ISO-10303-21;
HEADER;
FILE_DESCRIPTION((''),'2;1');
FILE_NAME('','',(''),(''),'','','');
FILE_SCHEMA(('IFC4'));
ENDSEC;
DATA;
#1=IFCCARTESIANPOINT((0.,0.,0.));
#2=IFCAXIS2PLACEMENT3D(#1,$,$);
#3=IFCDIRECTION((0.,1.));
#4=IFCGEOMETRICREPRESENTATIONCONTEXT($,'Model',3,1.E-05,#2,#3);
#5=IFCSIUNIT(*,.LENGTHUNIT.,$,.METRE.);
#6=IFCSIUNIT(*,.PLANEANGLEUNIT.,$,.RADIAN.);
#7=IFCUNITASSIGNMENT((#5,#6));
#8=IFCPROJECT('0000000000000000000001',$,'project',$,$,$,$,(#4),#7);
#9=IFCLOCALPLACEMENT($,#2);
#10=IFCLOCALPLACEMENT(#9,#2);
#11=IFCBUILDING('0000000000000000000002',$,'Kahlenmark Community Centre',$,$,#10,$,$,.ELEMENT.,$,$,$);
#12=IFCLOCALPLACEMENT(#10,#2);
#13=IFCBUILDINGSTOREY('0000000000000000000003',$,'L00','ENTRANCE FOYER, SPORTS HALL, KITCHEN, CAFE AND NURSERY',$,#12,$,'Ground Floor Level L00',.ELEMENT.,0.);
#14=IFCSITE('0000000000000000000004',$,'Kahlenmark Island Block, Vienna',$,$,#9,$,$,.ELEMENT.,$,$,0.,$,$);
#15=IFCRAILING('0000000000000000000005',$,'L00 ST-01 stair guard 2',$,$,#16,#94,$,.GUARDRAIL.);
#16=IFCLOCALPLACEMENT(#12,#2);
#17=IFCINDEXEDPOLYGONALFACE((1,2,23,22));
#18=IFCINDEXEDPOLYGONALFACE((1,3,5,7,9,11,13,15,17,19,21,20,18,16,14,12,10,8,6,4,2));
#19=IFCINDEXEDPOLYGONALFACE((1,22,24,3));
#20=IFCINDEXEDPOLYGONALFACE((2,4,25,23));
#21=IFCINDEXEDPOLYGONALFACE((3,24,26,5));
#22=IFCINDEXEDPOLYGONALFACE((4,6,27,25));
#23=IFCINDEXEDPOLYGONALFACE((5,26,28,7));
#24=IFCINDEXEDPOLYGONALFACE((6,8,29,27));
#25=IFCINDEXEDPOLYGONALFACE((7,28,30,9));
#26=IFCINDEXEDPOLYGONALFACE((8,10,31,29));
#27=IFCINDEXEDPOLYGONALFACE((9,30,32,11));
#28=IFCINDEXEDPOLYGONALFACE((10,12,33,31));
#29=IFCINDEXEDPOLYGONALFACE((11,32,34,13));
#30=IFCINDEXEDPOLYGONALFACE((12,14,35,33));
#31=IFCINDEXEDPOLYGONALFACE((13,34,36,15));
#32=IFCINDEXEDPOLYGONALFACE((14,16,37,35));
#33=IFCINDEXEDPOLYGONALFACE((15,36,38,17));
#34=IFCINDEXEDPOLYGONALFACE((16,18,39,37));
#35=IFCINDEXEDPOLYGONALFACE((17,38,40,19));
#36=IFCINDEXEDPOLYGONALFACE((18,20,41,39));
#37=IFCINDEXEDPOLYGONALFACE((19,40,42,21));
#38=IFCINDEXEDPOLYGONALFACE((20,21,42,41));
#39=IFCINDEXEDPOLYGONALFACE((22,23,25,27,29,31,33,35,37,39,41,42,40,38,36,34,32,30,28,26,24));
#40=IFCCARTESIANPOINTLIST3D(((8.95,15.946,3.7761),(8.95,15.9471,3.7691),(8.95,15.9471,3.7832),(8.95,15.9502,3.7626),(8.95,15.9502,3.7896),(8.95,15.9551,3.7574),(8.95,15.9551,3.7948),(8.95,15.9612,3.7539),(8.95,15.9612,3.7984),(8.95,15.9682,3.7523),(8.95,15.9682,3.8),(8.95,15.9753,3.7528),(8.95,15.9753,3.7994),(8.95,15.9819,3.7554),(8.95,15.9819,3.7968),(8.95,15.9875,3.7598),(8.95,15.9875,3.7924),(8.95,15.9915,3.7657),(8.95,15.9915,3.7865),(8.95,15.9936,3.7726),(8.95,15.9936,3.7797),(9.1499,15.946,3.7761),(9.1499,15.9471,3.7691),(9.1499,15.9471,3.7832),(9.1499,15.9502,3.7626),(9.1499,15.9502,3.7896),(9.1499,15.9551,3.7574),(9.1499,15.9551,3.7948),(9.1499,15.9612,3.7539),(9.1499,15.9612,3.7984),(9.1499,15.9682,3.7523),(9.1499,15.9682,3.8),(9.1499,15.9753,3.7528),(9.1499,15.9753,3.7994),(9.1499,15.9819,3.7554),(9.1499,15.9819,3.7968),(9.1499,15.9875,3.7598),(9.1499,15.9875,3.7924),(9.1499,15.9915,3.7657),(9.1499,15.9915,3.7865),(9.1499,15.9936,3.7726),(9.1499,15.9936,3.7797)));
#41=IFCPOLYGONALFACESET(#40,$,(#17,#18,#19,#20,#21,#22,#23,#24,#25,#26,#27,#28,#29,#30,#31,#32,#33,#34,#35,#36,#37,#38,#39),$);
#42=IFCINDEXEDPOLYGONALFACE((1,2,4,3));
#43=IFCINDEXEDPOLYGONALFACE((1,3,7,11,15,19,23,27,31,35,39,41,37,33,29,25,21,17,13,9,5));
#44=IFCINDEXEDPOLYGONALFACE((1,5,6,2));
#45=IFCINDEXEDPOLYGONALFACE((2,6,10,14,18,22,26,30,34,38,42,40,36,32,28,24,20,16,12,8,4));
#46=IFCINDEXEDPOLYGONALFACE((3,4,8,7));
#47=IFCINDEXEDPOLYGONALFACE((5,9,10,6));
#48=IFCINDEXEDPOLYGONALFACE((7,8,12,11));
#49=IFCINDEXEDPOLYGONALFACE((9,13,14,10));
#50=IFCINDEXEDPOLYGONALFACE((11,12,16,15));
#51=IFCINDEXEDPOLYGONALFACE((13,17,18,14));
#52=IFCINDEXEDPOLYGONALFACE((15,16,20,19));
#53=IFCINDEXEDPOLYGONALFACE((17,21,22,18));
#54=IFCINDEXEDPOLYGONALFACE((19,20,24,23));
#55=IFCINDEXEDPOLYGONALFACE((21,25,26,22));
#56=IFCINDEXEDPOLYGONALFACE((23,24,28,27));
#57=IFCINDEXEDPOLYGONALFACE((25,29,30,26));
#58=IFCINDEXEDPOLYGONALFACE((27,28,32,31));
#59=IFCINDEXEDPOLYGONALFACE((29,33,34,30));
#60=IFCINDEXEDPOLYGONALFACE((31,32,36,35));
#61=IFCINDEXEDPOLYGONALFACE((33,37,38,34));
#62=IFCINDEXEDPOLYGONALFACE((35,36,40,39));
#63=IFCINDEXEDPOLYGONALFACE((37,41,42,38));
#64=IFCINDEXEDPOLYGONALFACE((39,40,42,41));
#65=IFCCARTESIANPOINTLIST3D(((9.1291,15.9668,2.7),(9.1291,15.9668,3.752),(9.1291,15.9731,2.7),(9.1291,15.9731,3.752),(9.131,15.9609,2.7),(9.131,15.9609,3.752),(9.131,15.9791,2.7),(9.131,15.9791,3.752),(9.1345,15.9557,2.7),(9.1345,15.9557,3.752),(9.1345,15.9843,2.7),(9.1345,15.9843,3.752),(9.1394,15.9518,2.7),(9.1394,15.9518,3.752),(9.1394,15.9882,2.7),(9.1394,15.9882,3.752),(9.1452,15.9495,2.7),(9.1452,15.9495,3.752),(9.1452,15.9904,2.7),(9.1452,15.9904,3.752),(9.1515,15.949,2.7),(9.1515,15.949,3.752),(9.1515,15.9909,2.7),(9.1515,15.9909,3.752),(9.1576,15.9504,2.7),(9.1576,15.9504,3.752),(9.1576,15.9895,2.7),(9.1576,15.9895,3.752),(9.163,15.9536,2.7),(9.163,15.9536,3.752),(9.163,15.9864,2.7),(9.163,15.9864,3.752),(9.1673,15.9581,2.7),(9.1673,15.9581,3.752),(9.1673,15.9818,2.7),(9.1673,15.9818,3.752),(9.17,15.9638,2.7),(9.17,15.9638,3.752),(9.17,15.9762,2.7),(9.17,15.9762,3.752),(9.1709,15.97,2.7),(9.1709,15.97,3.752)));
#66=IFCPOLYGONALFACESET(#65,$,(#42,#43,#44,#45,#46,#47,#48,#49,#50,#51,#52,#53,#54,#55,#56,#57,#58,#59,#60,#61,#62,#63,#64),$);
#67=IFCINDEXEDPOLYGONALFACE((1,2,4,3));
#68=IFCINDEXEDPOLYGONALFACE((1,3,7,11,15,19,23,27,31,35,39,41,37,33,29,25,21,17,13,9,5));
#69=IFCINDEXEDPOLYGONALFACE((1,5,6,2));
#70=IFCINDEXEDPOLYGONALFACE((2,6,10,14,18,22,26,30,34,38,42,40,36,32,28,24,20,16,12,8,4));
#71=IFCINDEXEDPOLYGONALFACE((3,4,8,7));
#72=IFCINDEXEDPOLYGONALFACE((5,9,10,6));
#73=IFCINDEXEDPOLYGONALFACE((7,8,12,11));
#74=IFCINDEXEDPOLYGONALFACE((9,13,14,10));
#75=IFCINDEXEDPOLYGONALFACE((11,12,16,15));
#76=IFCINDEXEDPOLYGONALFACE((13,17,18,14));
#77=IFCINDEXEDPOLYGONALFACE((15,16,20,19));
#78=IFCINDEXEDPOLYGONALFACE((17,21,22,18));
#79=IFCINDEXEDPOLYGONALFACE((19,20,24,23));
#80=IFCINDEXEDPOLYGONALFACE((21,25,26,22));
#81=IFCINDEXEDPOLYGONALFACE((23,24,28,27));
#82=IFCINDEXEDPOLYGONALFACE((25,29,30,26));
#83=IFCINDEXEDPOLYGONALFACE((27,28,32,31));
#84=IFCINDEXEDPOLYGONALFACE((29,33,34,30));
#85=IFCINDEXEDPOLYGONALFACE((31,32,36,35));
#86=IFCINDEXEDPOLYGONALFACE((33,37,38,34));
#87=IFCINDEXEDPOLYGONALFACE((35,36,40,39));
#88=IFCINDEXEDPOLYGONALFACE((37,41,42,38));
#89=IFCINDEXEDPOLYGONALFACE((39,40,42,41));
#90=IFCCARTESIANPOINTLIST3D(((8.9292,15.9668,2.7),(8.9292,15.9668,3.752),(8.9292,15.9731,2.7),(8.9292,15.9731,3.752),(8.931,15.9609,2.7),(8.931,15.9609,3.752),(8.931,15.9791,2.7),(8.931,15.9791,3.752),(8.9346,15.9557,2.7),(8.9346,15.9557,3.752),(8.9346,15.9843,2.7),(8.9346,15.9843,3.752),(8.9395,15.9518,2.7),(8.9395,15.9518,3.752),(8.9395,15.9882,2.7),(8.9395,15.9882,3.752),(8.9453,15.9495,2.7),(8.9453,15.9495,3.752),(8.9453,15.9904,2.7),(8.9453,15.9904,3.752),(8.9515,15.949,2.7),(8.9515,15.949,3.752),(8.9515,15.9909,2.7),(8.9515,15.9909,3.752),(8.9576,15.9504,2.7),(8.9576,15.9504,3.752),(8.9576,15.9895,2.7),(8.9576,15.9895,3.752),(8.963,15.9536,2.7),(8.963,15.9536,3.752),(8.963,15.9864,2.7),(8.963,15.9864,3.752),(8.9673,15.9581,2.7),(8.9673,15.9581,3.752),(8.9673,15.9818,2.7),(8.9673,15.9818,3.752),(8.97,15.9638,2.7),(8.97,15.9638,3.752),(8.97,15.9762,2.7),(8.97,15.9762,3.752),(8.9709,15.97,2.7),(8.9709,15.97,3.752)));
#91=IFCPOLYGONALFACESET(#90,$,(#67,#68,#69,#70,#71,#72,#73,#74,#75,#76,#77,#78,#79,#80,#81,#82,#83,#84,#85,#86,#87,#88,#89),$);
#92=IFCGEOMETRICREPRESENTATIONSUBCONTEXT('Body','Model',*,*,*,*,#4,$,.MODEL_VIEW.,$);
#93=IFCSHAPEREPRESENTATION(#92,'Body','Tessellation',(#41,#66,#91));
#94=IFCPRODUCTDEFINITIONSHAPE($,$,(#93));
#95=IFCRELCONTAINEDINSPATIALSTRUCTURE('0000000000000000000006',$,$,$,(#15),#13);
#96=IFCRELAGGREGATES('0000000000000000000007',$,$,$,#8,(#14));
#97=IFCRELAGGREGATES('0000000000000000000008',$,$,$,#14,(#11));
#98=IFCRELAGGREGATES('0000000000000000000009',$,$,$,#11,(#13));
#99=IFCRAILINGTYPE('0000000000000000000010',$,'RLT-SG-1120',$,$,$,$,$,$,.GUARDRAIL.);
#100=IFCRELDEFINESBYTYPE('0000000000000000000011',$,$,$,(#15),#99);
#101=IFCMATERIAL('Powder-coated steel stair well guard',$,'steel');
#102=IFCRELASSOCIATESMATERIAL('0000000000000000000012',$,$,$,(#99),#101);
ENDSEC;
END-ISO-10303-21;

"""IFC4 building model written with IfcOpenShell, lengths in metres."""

from ifc_helpers import new_model, si_unit, direction, frame, origin, origin_2d, place, context, subcontext, project, spatial, circle, extrude, material, type_object, element, save


model = new_model("IFC4")

# Units and contexts
model_context = context("Model", 3, precision=1e-05, world=origin(), true_north=direction((0.0, 1.0)))
body_context = subcontext(model_context, "Body", "Model", "MODEL_VIEW")
ifc_project = project(units=[si_unit("LENGTHUNIT", "METRE"), si_unit("PLANEANGLEUNIT", "RADIAN")], contexts=[model_context])

# Site, building, storey
site_placement = place(None, origin())
site = spatial("IfcSite", under=ifc_project, at=site_placement, Name="Kahlenmark Island Block, Vienna", CompositionType="ELEMENT", RefElevation=0.0)
building_placement = place(site_placement, origin())
building = spatial("IfcBuilding", under=site, at=building_placement, Name="Kahlenmark Community Centre", CompositionType="ELEMENT")
storey_placement = place(building_placement, origin())
storey = spatial("IfcBuildingStorey", under=building, at=storey_placement, Name="L00", Description="ENTRANCE FOYER, SPORTS HALL, KITCHEN, CAFE AND NURSERY", LongName="Ground Floor Level L00", CompositionType="ELEMENT", Elevation=0.0)

# Railing
ifc_material_1 = material(Name="Powder-coated steel stair well guard", Category="steel")
railing_type_1 = type_object("IfcRailingType", Name="RLT-SG-1120", PredefinedType="GUARDRAIL", material=ifc_material_1)
railing_1_placement = place(storey_placement, frame((9.1499, 15.97, 2.7)))
element("IfcRailing", 1, at=railing_1_placement, inside=storey, type_object=railing_type_1, Name="L00 ST-01 stair guard 2", PredefinedType="GUARDRAIL", context=body_context, shape_type="SweptSolid", body=[
    extrude(circle(Radius=0.0239, at=origin_2d()), frame((0.0, 0.0, 1.0762), z_axis=(-1.0, 0.0, 0.0), x_axis=(0.0, -1.0, 0.0)), (0.0, 0.0, 1.0), 0.2),
    extrude(circle(Radius=0.021, at=origin_2d()), origin(), (0.0, 0.0, 1.0), 1.052),
    extrude(circle(Radius=0.021, at=origin_2d()), frame((-0.2, 0.0, 0.0)), (0.0, 0.0, 1.0), 1.052),
])

save(model, "model.ifc")
